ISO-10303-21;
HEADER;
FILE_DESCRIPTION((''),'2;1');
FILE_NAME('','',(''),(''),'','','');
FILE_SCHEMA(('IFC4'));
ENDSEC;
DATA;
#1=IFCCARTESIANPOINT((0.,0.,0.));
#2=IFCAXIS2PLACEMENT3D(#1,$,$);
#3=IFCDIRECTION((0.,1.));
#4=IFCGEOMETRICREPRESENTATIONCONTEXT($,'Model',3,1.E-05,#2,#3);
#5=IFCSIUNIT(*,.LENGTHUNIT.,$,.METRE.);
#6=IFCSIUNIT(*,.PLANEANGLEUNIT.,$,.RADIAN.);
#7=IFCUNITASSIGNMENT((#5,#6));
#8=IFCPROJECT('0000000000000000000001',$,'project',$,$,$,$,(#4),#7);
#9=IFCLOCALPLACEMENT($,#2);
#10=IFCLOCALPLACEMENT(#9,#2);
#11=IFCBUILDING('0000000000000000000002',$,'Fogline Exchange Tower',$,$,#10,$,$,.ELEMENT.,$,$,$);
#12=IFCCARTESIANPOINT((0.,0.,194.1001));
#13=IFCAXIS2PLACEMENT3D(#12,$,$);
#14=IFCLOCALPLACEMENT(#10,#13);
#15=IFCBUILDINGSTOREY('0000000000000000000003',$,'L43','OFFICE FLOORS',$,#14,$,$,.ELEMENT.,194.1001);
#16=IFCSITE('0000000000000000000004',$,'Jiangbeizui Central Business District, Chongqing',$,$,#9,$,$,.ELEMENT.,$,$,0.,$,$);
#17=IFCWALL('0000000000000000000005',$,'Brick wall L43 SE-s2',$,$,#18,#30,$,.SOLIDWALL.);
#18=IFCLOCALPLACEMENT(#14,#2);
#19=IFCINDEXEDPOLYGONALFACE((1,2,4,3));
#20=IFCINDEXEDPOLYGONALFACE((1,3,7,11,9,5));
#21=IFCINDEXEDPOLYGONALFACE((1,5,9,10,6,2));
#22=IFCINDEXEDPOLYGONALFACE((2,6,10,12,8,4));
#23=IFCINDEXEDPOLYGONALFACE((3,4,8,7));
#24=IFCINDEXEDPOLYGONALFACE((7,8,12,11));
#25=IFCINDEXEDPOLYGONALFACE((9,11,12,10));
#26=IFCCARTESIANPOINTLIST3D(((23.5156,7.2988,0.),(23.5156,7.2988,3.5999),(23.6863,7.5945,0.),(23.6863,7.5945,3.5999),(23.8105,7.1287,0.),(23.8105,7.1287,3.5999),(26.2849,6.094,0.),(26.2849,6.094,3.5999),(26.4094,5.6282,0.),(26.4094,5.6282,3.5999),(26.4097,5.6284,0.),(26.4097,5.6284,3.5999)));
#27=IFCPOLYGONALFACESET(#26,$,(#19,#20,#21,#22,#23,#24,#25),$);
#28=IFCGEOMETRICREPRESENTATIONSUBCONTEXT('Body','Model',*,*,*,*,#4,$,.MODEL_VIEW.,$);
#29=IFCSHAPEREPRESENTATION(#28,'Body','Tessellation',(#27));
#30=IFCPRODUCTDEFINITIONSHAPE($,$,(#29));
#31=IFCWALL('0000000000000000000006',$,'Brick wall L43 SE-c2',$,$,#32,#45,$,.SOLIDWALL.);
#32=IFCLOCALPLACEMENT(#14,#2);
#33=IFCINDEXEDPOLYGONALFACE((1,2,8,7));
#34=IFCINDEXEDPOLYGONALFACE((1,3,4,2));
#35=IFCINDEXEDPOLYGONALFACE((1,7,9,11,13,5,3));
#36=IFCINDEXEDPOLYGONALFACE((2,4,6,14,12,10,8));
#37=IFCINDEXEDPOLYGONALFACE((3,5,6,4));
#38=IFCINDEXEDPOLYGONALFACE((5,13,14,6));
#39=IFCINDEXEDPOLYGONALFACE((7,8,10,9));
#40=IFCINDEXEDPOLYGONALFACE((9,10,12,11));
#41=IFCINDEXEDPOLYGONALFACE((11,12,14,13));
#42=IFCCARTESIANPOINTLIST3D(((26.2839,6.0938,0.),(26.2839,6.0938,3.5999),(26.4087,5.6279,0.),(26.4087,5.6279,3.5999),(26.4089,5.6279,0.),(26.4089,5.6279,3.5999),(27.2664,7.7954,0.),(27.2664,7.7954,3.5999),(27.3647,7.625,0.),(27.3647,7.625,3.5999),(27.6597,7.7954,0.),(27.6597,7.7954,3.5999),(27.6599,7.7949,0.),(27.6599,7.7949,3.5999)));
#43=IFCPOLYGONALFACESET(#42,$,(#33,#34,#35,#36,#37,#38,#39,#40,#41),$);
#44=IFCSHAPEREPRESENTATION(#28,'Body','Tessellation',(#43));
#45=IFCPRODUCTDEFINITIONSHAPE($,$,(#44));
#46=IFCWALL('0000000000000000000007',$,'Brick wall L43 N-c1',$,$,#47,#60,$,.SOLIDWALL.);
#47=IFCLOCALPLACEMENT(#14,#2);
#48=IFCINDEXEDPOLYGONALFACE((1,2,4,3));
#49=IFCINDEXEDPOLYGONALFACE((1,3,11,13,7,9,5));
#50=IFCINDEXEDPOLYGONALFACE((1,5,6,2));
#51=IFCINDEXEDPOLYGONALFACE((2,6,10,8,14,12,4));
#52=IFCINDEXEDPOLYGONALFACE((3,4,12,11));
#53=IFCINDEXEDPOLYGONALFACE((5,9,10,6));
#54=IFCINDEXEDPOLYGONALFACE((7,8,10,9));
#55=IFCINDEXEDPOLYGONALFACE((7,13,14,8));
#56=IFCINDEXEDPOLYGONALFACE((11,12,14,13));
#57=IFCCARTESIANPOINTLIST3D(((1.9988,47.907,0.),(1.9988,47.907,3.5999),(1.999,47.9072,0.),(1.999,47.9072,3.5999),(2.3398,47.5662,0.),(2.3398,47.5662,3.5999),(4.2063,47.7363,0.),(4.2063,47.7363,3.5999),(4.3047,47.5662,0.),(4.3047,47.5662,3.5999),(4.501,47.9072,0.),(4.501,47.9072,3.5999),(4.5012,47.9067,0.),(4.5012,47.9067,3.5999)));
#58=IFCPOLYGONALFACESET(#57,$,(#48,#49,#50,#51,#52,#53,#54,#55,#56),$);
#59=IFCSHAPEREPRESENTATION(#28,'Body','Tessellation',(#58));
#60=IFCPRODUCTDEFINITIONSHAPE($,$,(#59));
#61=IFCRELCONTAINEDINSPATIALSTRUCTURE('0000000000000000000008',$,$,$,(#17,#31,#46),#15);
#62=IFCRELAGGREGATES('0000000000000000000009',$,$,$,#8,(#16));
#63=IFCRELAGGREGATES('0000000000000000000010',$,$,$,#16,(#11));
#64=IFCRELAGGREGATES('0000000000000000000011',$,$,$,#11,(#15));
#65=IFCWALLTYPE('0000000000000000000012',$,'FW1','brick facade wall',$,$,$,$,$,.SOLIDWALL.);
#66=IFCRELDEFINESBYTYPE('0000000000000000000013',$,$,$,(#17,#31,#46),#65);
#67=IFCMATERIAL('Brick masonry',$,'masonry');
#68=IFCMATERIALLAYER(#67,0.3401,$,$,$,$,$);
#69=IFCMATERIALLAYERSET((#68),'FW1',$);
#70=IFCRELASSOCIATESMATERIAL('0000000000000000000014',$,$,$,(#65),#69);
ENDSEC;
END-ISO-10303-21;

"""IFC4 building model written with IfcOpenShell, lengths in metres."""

from ifc_helpers import new_model, si_unit, direction, frame, origin, place, context, subcontext, project, spatial, polyline, outline, extrude, material, layer, layer_set, type_object, element, save


model = new_model("IFC4")

# Units and contexts
model_context = context("Model", 3, precision=1e-05, world=origin(), true_north=direction((0.0, 1.0)))
body_context = subcontext(model_context, "Body", "Model", "MODEL_VIEW")
ifc_project = project(units=[si_unit("LENGTHUNIT", "METRE"), si_unit("PLANEANGLEUNIT", "RADIAN")], contexts=[model_context])

# Site, building, storey
site_placement = place(None, origin())
site = spatial("IfcSite", under=ifc_project, at=site_placement, Name="Jiangbeizui Central Business District, Chongqing", CompositionType="ELEMENT", RefElevation=0.0)
building_placement = place(site_placement, origin())
building = spatial("IfcBuilding", under=site, at=building_placement, Name="Fogline Exchange Tower", CompositionType="ELEMENT")
storey_placement = place(building_placement, frame((0.0, 0.0, 194.1001)))
storey = spatial("IfcBuildingStorey", under=building, at=storey_placement, Name="L43", Description="OFFICE FLOORS", CompositionType="ELEMENT", Elevation=194.1001)

# Walls
ifc_material_1 = material(Name="Brick masonry", Category="masonry")
ifc_layer_1 = layer(ifc_material_1, 0.3401)
ifc_layer_set_1 = layer_set([ifc_layer_1], Name="FW1")
wall_type = type_object("IfcWallType", Name="FW1", Description="brick facade wall", PredefinedType="SOLIDWALL", material=ifc_layer_set_1)
wall_1_placement = place(storey_placement, origin())
element("IfcWall", 1, at=wall_1_placement, inside=storey, type_object=wall_type, Name="Brick wall L43 SE-s2", PredefinedType="SOLIDWALL", context=body_context, shape_type="SweptSolid", body=[
    extrude(outline(polyline([(26.4094, 5.6282), (23.8105, 7.1287), (23.5156, 7.2988), (23.6863, 7.5945), (26.2849, 6.094), (26.4097, 5.6284), (26.4094, 5.6282)])), origin(), (0.0, 0.0, 1.0), 3.5999),
])
wall_2_placement = place(storey_placement, origin())
element("IfcWall", 2, at=wall_2_placement, inside=storey, type_object=wall_type, Name="Brick wall L43 SE-c2", PredefinedType="SOLIDWALL", context=body_context, shape_type="SweptSolid", body=[
    extrude(outline(polyline([(27.2664, 7.7954), (27.3647, 7.625), (27.6597, 7.7954), (27.6599, 7.7949), (26.4089, 5.6279), (26.4087, 5.6279), (26.2839, 6.0938), (27.2664, 7.7954)])), origin(), (0.0, 0.0, 1.0), 3.5999),
])
wall_3_placement = place(storey_placement, origin())
element("IfcWall", 3, at=wall_3_placement, inside=storey, type_object=wall_type, Name="Brick wall L43 N-c1", PredefinedType="SOLIDWALL", context=body_context, shape_type="SweptSolid", body=[
    extrude(outline(polyline([(1.999, 47.9072), (4.501, 47.9072), (4.5012, 47.9067), (4.2063, 47.7363), (4.3047, 47.5662), (2.3398, 47.5662), (1.9988, 47.907), (1.999, 47.9072)])), origin(), (0.0, 0.0, 1.0), 3.5999),
])

save(model, "model.ifc")
